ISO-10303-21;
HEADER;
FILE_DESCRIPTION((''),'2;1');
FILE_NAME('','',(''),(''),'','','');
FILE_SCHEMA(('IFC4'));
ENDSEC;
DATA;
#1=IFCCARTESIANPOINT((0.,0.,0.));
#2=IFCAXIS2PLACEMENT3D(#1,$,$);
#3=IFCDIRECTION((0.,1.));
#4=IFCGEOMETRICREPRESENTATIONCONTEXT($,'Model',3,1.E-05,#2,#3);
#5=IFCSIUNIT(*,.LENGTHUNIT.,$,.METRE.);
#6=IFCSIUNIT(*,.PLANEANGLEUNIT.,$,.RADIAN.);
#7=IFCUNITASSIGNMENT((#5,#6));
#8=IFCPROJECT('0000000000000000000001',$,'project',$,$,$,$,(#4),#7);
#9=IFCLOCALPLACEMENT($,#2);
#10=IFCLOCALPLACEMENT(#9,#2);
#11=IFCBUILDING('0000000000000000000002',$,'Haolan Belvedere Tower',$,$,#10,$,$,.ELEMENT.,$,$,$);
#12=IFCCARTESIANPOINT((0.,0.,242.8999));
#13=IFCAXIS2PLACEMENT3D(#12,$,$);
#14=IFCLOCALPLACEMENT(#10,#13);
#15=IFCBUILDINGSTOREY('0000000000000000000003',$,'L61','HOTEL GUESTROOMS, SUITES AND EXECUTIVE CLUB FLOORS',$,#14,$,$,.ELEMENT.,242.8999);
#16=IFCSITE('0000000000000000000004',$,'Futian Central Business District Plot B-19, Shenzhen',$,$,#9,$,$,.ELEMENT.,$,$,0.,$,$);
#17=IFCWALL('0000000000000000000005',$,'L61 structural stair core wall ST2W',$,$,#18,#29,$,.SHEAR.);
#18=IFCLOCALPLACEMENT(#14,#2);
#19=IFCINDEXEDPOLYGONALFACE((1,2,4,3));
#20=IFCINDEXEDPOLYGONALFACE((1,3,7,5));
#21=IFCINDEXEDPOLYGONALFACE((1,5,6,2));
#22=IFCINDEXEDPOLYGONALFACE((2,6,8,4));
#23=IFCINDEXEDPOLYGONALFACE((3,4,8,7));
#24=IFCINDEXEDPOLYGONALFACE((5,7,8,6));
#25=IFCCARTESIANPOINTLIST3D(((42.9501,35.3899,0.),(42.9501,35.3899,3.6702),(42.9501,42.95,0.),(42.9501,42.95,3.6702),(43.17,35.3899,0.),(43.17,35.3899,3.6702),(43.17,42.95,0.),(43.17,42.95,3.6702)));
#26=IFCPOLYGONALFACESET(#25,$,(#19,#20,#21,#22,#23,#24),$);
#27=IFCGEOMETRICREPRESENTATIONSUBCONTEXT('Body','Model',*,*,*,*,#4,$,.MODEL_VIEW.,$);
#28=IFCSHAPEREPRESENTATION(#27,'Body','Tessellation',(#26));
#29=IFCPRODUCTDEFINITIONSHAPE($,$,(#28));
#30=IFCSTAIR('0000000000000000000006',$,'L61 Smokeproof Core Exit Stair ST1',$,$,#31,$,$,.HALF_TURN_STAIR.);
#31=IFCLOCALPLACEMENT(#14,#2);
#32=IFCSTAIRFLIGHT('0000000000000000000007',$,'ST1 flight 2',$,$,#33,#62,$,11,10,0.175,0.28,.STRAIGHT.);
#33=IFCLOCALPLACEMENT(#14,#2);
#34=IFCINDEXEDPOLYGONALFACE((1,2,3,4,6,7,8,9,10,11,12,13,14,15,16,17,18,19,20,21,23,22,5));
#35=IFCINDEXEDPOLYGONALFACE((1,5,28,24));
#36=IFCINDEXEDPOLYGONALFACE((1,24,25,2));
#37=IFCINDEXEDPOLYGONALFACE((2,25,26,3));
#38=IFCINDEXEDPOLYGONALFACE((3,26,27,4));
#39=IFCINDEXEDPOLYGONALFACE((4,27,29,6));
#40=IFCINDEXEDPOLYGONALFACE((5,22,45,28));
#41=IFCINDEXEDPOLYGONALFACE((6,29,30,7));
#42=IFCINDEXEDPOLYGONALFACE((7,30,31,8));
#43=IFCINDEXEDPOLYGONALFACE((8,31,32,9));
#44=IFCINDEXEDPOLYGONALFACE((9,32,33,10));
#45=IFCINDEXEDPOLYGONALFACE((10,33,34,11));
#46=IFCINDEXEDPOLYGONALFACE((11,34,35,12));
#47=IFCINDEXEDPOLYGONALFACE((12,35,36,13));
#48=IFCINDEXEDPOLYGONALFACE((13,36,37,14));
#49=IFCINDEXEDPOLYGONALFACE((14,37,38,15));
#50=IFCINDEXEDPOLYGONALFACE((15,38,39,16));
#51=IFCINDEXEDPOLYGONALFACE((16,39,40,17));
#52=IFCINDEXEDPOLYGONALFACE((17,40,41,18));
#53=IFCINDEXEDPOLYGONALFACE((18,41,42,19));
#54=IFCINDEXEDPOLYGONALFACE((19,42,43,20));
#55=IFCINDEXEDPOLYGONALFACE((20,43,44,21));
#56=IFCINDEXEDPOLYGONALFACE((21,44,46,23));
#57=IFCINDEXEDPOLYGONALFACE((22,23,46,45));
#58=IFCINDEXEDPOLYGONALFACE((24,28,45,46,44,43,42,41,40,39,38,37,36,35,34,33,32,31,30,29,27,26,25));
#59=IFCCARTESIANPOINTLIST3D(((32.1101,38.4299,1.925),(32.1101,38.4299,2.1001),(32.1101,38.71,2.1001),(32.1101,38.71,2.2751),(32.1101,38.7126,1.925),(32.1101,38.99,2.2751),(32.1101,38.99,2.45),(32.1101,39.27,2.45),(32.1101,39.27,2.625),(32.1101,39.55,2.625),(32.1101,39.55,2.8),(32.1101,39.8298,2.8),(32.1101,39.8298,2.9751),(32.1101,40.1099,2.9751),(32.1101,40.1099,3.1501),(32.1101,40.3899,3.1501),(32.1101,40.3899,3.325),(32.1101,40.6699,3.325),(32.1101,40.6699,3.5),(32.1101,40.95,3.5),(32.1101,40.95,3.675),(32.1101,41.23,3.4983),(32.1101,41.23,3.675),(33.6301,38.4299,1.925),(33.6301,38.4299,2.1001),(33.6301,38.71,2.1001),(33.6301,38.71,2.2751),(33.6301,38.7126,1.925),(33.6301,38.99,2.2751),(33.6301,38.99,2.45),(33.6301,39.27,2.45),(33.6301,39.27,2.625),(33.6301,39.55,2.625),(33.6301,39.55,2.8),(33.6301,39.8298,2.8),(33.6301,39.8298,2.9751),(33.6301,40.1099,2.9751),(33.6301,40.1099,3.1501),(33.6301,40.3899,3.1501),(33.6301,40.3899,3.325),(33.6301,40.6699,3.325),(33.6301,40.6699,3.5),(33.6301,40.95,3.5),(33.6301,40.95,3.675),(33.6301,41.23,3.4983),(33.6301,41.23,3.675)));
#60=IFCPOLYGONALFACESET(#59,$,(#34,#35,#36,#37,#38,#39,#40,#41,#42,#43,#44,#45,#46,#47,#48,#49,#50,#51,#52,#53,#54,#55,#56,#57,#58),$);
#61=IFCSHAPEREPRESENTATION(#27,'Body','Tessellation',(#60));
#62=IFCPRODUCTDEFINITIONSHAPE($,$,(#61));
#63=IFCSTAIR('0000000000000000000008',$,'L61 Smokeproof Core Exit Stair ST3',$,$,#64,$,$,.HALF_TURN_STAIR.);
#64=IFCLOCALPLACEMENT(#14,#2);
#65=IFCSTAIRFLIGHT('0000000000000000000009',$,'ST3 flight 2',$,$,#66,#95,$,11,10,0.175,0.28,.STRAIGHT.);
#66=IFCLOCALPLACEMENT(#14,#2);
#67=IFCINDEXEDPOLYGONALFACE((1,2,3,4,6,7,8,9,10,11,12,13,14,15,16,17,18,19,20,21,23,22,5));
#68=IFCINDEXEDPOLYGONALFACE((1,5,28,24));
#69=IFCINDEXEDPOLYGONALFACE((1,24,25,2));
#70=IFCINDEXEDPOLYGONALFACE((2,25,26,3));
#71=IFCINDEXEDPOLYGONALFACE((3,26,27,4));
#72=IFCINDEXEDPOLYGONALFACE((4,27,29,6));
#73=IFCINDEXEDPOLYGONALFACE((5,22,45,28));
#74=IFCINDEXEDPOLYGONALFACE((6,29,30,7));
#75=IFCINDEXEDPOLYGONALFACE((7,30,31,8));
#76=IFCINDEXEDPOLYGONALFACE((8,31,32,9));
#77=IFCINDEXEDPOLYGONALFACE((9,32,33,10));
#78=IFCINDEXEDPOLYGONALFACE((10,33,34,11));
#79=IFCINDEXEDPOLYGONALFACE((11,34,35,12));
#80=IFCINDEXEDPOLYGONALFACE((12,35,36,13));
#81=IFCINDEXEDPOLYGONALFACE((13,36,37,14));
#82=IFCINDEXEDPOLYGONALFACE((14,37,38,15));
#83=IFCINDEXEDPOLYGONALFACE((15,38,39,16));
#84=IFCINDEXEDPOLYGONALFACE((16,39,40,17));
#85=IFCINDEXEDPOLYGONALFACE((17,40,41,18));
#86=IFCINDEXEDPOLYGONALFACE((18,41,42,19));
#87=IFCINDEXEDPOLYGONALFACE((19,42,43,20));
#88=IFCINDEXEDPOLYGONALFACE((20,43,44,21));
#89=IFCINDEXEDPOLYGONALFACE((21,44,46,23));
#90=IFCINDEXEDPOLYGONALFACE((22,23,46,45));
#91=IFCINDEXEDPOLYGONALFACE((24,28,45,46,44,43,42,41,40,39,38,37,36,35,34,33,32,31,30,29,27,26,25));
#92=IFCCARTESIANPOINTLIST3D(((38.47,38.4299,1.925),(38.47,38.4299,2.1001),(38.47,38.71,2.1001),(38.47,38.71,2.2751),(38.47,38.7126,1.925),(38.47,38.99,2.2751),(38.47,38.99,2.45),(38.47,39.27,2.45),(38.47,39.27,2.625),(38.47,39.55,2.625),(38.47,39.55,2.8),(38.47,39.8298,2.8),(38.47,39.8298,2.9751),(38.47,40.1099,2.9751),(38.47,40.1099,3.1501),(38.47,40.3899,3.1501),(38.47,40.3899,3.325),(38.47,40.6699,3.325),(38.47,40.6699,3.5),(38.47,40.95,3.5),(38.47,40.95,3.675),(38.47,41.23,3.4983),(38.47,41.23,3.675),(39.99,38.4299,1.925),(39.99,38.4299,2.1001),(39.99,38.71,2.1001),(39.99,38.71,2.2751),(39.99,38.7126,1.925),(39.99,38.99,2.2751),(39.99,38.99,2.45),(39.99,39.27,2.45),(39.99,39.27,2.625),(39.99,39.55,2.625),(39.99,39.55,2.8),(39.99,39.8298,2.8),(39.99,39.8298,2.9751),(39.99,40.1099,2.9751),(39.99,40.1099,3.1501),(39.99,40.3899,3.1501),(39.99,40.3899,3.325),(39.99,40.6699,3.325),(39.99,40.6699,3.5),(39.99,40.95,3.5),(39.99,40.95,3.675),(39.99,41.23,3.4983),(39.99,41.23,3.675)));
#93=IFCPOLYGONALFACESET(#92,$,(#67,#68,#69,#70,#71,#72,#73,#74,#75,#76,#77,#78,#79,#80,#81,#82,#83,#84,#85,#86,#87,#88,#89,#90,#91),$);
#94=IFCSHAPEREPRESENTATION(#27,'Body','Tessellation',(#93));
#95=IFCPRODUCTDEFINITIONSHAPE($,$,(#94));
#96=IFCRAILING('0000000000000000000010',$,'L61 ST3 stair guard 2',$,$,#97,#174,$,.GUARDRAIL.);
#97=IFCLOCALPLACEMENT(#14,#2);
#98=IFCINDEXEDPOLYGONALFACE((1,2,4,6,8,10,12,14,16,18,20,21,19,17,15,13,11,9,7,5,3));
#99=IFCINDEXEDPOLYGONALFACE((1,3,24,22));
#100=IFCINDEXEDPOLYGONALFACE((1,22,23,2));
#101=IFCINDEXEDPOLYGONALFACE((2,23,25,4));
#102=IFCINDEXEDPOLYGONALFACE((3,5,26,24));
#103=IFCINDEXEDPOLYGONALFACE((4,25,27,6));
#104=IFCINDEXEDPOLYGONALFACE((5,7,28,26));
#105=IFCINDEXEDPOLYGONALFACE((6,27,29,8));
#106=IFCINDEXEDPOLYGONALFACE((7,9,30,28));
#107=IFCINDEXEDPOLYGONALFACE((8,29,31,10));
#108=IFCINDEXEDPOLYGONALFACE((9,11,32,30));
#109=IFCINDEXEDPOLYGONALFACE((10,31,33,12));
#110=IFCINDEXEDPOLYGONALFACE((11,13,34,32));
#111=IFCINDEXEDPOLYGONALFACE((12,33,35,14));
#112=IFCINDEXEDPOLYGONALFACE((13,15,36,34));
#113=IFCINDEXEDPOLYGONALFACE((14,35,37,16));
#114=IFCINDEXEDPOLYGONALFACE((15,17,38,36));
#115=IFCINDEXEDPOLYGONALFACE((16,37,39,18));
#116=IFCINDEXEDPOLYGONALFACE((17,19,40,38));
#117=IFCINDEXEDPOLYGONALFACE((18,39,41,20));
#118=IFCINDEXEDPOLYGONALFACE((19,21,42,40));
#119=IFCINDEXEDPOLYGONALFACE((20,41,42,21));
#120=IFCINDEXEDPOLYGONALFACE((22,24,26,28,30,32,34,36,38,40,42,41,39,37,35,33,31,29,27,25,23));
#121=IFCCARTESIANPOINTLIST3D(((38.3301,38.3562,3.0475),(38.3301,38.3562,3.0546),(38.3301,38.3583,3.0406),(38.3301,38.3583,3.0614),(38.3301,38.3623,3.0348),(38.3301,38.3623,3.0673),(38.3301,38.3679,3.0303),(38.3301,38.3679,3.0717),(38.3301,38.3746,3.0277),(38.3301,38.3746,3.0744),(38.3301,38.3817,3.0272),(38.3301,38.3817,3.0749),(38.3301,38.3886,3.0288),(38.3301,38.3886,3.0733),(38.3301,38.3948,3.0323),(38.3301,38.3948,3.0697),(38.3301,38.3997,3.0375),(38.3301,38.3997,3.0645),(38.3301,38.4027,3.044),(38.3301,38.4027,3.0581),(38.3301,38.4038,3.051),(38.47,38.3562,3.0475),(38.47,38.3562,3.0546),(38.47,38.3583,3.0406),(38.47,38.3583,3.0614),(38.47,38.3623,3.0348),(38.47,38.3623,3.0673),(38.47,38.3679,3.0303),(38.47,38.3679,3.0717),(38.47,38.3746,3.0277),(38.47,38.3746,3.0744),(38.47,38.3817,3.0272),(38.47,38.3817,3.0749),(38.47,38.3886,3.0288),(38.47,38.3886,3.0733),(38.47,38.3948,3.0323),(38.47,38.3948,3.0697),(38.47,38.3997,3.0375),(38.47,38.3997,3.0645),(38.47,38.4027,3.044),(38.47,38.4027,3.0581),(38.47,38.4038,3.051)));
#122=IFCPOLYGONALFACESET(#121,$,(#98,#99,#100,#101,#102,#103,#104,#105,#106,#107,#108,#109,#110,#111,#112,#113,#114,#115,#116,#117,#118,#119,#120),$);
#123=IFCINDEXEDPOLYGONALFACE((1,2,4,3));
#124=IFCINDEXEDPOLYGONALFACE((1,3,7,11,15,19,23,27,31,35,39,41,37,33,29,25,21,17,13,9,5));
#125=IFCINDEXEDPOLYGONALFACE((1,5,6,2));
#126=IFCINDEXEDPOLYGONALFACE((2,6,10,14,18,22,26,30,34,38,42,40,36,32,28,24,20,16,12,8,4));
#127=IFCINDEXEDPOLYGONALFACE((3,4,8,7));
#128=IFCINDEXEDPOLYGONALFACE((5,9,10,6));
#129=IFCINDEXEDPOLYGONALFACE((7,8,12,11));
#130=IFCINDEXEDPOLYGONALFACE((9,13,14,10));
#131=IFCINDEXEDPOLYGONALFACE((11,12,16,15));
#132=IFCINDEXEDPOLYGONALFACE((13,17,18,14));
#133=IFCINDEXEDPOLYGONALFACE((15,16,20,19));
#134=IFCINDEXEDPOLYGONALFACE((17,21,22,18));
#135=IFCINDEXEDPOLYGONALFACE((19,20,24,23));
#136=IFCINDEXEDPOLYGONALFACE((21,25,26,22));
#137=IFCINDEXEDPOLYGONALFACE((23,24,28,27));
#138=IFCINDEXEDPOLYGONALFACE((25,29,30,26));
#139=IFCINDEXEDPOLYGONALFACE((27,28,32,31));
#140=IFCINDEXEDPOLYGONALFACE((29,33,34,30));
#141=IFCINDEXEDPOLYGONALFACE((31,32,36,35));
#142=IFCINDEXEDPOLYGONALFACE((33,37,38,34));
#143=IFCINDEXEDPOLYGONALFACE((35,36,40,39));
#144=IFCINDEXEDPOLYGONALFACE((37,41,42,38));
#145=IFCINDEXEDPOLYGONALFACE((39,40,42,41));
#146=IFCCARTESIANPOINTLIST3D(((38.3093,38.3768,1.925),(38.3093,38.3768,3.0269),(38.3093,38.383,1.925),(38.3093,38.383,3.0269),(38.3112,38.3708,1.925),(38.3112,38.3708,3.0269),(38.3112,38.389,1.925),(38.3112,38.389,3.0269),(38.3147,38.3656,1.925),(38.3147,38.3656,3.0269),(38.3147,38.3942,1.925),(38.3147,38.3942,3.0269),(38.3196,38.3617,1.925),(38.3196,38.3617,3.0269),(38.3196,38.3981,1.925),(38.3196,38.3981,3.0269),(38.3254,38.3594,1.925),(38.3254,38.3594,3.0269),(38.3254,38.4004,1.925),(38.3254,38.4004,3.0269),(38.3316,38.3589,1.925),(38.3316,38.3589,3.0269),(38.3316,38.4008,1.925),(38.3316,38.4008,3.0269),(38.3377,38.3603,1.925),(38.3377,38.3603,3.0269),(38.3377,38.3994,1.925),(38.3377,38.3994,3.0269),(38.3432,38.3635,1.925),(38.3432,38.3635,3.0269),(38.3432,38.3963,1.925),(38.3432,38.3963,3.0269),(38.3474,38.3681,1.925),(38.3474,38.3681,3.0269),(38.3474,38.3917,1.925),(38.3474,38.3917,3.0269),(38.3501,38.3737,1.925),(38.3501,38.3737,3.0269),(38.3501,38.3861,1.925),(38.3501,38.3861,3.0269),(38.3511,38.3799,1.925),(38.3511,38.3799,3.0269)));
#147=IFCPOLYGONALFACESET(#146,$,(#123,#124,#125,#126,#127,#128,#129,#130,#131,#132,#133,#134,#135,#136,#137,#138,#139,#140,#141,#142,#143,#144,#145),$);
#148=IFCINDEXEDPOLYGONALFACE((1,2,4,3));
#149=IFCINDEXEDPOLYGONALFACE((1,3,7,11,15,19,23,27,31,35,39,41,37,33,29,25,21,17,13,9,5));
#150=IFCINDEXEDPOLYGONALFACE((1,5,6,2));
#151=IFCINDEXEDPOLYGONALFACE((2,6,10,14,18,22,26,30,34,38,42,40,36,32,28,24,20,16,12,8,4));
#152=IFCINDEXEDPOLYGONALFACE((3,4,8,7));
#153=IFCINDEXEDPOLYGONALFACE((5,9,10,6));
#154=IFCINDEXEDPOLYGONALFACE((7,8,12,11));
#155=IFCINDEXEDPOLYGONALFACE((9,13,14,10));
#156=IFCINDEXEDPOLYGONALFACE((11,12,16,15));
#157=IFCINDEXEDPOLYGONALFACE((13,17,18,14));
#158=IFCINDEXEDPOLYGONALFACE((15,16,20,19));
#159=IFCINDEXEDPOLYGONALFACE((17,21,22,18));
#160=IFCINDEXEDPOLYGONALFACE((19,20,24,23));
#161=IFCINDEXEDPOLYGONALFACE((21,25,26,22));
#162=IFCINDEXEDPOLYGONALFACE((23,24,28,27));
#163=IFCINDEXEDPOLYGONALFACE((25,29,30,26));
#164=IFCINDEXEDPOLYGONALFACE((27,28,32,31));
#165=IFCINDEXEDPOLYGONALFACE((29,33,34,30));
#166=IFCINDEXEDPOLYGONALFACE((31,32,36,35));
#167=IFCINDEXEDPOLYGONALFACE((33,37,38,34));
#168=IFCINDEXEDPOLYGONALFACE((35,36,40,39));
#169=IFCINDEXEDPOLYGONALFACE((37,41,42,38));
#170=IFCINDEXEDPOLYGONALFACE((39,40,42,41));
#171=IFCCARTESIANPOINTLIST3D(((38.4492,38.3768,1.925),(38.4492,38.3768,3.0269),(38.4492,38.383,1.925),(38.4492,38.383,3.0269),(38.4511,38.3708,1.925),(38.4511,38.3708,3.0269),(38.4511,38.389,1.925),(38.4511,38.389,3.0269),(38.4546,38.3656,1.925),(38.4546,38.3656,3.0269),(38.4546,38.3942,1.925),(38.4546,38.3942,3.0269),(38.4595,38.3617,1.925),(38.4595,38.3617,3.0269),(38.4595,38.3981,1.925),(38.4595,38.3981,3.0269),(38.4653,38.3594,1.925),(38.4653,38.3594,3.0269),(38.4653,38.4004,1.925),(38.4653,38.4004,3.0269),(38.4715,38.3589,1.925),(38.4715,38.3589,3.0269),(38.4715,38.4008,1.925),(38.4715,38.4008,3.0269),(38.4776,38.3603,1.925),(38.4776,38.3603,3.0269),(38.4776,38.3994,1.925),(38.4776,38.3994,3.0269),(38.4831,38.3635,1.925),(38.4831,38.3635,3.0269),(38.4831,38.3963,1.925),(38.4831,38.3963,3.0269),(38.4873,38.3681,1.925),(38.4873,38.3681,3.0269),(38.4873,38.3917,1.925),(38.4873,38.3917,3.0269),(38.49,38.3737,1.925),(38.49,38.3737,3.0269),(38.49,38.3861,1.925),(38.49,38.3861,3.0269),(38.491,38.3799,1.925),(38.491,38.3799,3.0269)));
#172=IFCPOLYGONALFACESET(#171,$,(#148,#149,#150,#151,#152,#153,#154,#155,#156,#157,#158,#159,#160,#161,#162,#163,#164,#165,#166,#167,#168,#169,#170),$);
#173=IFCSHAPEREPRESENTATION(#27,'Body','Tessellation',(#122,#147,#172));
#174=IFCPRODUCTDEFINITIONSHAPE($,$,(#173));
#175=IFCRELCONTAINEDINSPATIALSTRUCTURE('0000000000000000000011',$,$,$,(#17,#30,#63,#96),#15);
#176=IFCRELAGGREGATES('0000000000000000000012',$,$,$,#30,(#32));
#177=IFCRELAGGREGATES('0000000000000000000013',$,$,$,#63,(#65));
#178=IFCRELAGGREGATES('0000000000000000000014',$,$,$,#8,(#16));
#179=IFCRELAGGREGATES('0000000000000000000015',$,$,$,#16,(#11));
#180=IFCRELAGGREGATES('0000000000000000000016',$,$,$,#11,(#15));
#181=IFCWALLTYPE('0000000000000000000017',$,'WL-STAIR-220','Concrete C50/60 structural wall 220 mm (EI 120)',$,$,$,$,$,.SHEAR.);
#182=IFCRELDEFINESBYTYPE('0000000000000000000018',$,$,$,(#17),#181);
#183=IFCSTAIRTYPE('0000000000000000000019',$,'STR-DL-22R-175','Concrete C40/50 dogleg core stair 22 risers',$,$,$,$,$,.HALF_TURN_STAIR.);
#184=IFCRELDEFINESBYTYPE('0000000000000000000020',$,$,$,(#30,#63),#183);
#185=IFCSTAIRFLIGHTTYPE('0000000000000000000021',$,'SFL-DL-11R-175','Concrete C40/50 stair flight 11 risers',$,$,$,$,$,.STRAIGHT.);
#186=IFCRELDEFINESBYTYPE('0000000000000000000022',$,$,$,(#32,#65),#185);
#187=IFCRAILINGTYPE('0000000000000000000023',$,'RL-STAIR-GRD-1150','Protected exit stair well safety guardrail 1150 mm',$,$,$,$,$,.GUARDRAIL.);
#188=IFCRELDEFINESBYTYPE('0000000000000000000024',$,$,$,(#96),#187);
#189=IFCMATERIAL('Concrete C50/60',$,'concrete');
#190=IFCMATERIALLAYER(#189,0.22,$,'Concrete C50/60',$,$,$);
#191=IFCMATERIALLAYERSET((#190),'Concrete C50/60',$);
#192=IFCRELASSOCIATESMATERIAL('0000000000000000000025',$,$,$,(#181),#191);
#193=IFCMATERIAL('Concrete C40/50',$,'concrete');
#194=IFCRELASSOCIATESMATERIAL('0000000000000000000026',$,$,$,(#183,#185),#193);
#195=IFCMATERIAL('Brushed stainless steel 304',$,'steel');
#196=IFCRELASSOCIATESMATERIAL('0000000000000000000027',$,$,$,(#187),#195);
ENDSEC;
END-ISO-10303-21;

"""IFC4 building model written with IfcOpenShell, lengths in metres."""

from ifc_helpers import new_model, si_unit, direction, frame, frame_2d, origin, origin_2d, place, context, subcontext, project, spatial, polyline, rectangle, circle, outline, extrude, material, layer, layer_set, type_object, element, aggregate, save


model = new_model("IFC4")

# Units and contexts
model_context = context("Model", 3, precision=1e-05, world=origin(), true_north=direction((0.0, 1.0)))
body_context = subcontext(model_context, "Body", "Model", "MODEL_VIEW")
ifc_project = project(units=[si_unit("LENGTHUNIT", "METRE"), si_unit("PLANEANGLEUNIT", "RADIAN")], contexts=[model_context])

# Site, building, storey
site_placement = place(None, origin())
site = spatial("IfcSite", under=ifc_project, at=site_placement, Name="Futian Central Business District Plot B-19, Shenzhen", CompositionType="ELEMENT", RefElevation=0.0)
building_placement = place(site_placement, origin())
building = spatial("IfcBuilding", under=site, at=building_placement, Name="Haolan Belvedere Tower", CompositionType="ELEMENT")
storey_placement = place(building_placement, frame((0.0, 0.0, 242.8999)))
storey = spatial("IfcBuildingStorey", under=building, at=storey_placement, Name="L61", Description="HOTEL GUESTROOMS, SUITES AND EXECUTIVE CLUB FLOORS", CompositionType="ELEMENT", Elevation=242.8999)

# Wall
ifc_material_1 = material(Name="Concrete C50/60", Category="concrete")
ifc_layer_1 = layer(ifc_material_1, 0.22, Name="Concrete C50/60")
ifc_layer_set_1 = layer_set([ifc_layer_1], Name="Concrete C50/60")
wall_type_1 = type_object("IfcWallType", Name="WL-STAIR-220", Description="Concrete C50/60 structural wall 220 mm (EI 120)", PredefinedType="SHEAR", material=ifc_layer_set_1)
for number, where, z_axis, x_axis, name in (
    (1, (43.0601, 35.3899, 0.0), (0.0, 0.0, 1.0), (0.0, 1.0, 0.0), "L61 structural stair core wall ST2W"),
):
    element("IfcWall", number, at=place(storey_placement, frame(where, z_axis=z_axis, x_axis=x_axis)), inside=storey, type_object=wall_type_1, Name=name, PredefinedType="SHEAR", context=body_context, shape_type="SweptSolid", body=[
        extrude(rectangle(XDim=7.5601, YDim=0.22, at=frame_2d((3.78, 0.0))), origin(), (0.0, 0.0, 1.0), 3.6702),
    ])

# Stairs, stair flights
ifc_material_2 = material(Name="Concrete C40/50", Category="concrete")
stair_type = type_object("IfcStairType", Name="STR-DL-22R-175", Description="Concrete C40/50 dogleg core stair 22 risers", PredefinedType="HALF_TURN_STAIR", material=ifc_material_2)
stair_1_placement = place(storey_placement, origin())
stair_1 = element("IfcStair", 2, at=stair_1_placement, inside=storey, type_object=stair_type, Name="L61 Smokeproof Core Exit Stair ST1", PredefinedType="HALF_TURN_STAIR")
stair_flight_type = type_object("IfcStairFlightType", Name="SFL-DL-11R-175", Description="Concrete C40/50 stair flight 11 risers", PredefinedType="STRAIGHT", material=ifc_material_2)
stair_flight_1_placement = place(storey_placement, frame((32.8701, 38.4299, 1.925), z_axis=(0.0, 0.0, 1.0), x_axis=(0.0, 1.0, 0.0)))
stair_flight_1 = element("IfcStairFlight", 3, at=stair_flight_1_placement, type_object=stair_flight_type, Name="ST1 flight 2", NumberOfRisers=11, NumberOfTreads=10, PredefinedType="STRAIGHT", RiserHeight=0.175, TreadLength=0.28, context=body_context, shape_type="SweptSolid", body=[
    extrude(outline(polyline([(0.0, 0.0), (0.0, 0.175), (0.28, 0.175), (0.28, 0.3501), (0.5601, 0.3501), (0.5601, 0.5249), (0.8401, 0.5249), (0.8401, 0.7), (1.1201, 0.7), (1.1201, 0.875), (1.3999, 0.875), (1.3999, 1.05), (1.6799, 1.05), (1.6799, 1.2251), (1.96, 1.2251), (1.96, 1.3999), (2.24, 1.3999), (2.24, 1.575), (2.52, 1.575), (2.52, 1.75), (2.8, 1.75), (2.8, 1.925), (2.8, 1.5732), (0.2827, 0.0), (0.0, 0.0)])), frame((0.0, 0.76, 0.0), z_axis=(0.0, -1.0, 0.0), x_axis=(1.0, 0.0, 0.0)), (0.0, 0.0, 1.0), 1.52),
])
aggregate(stair_1, [stair_flight_1])
stair_2_placement = place(storey_placement, origin())
stair_2 = element("IfcStair", 4, at=stair_2_placement, inside=storey, type_object=stair_type, Name="L61 Smokeproof Core Exit Stair ST3", PredefinedType="HALF_TURN_STAIR")
stair_flight_2_placement = place(storey_placement, frame((39.23, 38.4299, 1.925), z_axis=(0.0, 0.0, 1.0), x_axis=(0.0, 1.0, 0.0)))
stair_flight_2 = element("IfcStairFlight", 5, at=stair_flight_2_placement, type_object=stair_flight_type, Name="ST3 flight 2", NumberOfRisers=11, NumberOfTreads=10, PredefinedType="STRAIGHT", RiserHeight=0.175, TreadLength=0.28, context=body_context, shape_type="SweptSolid", body=[
    extrude(outline(polyline([(0.0, 0.0), (0.0, 0.175), (0.28, 0.175), (0.28, 0.3501), (0.5601, 0.3501), (0.5601, 0.5249), (0.8401, 0.5249), (0.8401, 0.7), (1.1201, 0.7), (1.1201, 0.875), (1.3999, 0.875), (1.3999, 1.05), (1.6799, 1.05), (1.6799, 1.2251), (1.96, 1.2251), (1.96, 1.3999), (2.24, 1.3999), (2.24, 1.575), (2.52, 1.575), (2.52, 1.75), (2.8, 1.75), (2.8, 1.925), (2.8, 1.5732), (0.2827, 0.0), (0.0, 0.0)])), frame((0.0, 0.76, 0.0), z_axis=(0.0, -1.0, 0.0), x_axis=(1.0, 0.0, 0.0)), (0.0, 0.0, 1.0), 1.52),
])
aggregate(stair_2, [stair_flight_2])

# Railing
ifc_material_3 = material(Name="Brushed stainless steel 304", Category="steel")
railing_type_1 = type_object("IfcRailingType", Name="RL-STAIR-GRD-1150", Description="Protected exit stair well safety guardrail 1150 mm", PredefinedType="GUARDRAIL", material=ifc_material_3)
railing_1_placement = place(storey_placement, frame((38.3301, 38.3799, 1.925)))
element("IfcRailing", 6, at=railing_1_placement, inside=storey, type_object=railing_type_1, Name="L61 ST3 stair guard 2", PredefinedType="GUARDRAIL", context=body_context, shape_type="SweptSolid", body=[
    extrude(circle(Radius=0.0239, at=origin_2d()), frame((0.0, 0.0, 1.126), z_axis=(1.0, 0.0, 0.0), x_axis=(0.0, 1.0, 0.0)), (0.0, 0.0, 1.0), 0.1399),
    extrude(circle(Radius=0.021, at=origin_2d()), origin(), (0.0, 0.0, 1.0), 1.1018),
    extrude(circle(Radius=0.021, at=origin_2d()), frame((0.1399, 0.0, 0.0)), (0.0, 0.0, 1.0), 1.1018),
])

save(model, "model.ifc")
